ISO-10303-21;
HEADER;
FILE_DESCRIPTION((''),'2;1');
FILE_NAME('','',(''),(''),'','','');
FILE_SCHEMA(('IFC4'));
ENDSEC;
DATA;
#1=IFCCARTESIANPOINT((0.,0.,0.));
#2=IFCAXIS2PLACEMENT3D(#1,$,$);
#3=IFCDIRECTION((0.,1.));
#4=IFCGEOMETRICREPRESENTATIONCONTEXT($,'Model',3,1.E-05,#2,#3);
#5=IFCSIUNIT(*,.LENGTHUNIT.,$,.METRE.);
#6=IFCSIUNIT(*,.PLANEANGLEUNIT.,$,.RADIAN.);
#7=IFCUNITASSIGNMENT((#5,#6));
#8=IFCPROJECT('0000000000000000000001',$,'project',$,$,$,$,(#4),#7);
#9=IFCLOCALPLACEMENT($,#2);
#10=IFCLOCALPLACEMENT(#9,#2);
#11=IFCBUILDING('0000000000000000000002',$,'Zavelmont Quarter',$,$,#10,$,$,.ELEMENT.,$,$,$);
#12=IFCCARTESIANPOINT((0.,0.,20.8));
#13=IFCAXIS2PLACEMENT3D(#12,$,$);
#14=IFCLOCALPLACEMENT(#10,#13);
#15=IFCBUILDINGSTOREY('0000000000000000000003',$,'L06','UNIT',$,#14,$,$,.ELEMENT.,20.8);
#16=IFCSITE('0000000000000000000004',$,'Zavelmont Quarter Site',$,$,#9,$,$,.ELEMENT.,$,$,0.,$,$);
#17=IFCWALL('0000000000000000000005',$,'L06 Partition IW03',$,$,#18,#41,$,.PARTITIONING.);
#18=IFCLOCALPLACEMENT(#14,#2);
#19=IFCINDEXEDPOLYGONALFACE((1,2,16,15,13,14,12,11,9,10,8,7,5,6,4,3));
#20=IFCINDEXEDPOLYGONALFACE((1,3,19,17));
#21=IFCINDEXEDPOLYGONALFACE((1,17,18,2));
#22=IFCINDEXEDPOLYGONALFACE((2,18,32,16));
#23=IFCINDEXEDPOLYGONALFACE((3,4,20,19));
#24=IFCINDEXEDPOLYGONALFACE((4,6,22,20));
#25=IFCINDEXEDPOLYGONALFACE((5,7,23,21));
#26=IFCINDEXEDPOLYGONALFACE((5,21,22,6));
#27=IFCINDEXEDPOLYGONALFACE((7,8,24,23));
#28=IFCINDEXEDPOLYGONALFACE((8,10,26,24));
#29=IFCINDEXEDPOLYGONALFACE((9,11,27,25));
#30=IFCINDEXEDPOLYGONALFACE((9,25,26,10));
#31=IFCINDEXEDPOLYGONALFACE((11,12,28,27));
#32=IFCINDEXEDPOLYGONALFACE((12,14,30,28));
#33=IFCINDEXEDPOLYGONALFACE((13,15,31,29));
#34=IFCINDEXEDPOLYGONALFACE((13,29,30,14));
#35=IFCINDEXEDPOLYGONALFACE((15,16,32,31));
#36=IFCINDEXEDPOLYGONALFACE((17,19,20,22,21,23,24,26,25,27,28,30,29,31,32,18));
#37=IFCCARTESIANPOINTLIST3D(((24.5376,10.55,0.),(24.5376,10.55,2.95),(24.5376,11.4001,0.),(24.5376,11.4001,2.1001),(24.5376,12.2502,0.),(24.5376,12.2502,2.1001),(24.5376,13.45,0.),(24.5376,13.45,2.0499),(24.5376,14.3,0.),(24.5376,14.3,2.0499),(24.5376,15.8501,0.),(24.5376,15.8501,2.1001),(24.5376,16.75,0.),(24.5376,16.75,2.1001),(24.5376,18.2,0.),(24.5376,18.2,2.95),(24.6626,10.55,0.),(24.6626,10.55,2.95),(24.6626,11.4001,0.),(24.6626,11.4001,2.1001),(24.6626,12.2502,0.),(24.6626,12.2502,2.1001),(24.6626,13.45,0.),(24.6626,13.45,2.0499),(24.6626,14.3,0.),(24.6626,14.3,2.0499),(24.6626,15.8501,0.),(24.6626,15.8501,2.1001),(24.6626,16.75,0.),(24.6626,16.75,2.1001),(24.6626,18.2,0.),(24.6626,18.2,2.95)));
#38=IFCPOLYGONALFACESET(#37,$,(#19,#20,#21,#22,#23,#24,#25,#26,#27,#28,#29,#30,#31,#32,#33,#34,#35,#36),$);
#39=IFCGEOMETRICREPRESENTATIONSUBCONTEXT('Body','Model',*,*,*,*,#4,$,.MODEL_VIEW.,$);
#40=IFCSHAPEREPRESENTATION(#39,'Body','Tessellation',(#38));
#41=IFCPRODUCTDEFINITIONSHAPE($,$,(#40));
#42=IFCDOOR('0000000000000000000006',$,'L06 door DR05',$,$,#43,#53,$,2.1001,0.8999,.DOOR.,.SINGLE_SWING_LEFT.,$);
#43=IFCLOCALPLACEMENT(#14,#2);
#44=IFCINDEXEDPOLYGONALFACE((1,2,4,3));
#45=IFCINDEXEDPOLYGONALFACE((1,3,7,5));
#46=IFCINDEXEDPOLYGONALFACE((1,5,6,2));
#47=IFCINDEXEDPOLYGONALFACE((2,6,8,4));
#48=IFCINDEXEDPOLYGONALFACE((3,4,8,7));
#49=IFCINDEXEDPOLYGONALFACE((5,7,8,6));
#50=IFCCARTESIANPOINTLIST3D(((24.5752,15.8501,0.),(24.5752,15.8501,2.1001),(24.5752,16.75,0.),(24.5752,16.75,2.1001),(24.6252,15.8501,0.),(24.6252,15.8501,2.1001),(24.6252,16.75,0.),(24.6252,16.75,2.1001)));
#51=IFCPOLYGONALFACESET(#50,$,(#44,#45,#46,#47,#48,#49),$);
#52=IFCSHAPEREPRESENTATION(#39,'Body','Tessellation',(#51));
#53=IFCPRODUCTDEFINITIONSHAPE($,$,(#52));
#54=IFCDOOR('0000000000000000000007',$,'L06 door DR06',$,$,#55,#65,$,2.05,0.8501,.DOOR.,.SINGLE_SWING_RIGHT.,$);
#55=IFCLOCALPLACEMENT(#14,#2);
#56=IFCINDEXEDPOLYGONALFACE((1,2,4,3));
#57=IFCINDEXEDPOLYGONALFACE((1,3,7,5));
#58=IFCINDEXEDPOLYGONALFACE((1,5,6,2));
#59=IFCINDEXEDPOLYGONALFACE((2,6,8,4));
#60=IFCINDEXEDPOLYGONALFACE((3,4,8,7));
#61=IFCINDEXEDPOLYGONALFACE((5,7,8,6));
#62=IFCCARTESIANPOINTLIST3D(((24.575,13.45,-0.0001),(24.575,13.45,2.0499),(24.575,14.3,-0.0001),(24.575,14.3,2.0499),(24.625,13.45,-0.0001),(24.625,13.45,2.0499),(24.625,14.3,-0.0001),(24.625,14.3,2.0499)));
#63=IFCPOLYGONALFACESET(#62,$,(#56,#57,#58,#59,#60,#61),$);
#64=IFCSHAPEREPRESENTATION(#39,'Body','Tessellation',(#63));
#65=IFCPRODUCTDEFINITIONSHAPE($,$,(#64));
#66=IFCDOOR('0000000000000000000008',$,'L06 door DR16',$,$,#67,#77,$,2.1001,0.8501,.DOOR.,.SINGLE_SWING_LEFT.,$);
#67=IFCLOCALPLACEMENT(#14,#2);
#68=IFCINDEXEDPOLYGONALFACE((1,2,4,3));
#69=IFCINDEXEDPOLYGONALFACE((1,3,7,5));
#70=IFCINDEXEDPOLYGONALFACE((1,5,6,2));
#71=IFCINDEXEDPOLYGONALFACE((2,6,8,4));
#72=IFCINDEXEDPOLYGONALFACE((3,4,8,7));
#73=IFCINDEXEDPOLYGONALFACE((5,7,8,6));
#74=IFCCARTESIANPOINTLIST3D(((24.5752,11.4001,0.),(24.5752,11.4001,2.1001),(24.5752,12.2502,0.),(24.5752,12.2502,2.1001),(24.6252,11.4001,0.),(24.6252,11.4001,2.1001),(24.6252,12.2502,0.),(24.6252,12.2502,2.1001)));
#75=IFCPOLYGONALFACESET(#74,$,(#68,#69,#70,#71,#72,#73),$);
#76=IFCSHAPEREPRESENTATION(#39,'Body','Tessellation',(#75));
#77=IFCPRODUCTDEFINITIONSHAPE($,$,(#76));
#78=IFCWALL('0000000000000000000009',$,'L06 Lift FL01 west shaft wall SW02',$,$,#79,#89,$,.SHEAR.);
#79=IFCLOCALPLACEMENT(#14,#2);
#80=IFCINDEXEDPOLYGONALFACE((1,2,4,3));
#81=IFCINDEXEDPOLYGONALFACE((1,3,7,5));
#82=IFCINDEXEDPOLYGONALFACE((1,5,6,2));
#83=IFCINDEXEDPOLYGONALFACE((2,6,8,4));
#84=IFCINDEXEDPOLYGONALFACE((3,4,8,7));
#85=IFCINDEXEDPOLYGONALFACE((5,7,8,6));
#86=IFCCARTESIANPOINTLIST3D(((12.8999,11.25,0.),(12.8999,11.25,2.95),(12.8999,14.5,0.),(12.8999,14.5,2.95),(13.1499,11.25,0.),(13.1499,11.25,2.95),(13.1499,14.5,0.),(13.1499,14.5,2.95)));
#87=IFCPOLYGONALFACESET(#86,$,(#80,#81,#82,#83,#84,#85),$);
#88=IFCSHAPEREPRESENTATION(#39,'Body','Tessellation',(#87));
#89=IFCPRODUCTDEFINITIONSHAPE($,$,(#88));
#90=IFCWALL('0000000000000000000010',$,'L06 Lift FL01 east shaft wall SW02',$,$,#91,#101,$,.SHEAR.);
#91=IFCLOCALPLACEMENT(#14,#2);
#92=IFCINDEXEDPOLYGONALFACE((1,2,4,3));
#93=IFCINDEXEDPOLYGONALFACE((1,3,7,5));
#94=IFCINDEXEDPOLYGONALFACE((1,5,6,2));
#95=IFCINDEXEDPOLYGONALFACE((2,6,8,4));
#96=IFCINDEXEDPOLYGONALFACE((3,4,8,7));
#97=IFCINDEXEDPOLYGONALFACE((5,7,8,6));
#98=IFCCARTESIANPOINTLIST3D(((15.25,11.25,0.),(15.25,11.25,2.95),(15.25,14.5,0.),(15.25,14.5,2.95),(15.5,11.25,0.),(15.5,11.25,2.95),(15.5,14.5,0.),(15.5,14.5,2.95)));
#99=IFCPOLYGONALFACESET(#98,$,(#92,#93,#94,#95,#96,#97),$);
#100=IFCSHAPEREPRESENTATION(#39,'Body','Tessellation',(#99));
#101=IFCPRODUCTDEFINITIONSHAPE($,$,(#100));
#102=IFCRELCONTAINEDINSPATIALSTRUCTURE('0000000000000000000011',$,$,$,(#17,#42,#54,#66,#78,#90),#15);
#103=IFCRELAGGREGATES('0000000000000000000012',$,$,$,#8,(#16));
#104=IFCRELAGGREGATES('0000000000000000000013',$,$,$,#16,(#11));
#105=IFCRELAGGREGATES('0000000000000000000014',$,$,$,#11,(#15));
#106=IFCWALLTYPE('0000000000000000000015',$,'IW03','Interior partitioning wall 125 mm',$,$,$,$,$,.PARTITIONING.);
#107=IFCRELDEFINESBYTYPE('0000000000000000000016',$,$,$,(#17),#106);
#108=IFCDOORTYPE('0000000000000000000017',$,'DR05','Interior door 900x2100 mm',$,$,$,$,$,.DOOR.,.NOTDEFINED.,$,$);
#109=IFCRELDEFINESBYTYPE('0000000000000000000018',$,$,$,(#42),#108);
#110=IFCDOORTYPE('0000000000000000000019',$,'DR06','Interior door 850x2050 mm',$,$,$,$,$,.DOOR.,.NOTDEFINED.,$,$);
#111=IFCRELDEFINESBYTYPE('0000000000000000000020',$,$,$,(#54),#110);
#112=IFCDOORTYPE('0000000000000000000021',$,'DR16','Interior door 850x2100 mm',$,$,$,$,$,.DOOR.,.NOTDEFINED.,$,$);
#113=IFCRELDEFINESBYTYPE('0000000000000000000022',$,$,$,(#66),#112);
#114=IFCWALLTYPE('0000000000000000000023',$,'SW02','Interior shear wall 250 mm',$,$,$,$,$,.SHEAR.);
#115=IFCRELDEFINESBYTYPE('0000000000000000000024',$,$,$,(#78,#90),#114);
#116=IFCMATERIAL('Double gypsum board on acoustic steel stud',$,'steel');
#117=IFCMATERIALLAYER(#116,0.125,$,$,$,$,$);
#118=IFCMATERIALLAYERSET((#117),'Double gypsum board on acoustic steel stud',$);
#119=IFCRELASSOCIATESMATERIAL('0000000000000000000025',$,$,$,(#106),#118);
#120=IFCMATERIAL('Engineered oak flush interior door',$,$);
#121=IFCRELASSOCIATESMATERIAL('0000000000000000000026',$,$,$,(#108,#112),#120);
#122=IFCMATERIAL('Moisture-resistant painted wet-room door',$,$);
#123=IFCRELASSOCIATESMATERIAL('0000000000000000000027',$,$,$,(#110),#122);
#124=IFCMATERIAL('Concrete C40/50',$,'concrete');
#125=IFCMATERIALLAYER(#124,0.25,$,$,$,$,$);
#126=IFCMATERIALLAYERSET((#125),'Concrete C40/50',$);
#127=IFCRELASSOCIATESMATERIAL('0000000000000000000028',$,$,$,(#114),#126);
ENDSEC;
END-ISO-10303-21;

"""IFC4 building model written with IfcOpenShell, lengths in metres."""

from ifc_helpers import new_model, si_unit, direction, frame, frame_2d, origin, origin_with_axes, place, context, subcontext, project, spatial, rectangle, extrude, material, layer, layer_set, type_object, element, fill, save


model = new_model("IFC4")

# Units and contexts
model_context = context("Model", 3, precision=1e-05, world=origin(), true_north=direction((0.0, 1.0)))
body_context = subcontext(model_context, "Body", "Model", "MODEL_VIEW")
ifc_project = project(units=[si_unit("LENGTHUNIT", "METRE"), si_unit("PLANEANGLEUNIT", "RADIAN")], contexts=[model_context])

# Site, building, storey
site_placement = place(None, origin())
site = spatial("IfcSite", under=ifc_project, at=site_placement, Name="Zavelmont Quarter Site", CompositionType="ELEMENT", RefElevation=0.0)
building_placement = place(site_placement, origin())
building = spatial("IfcBuilding", under=site, at=building_placement, Name="Zavelmont Quarter", CompositionType="ELEMENT")
storey_placement = place(building_placement, frame((0.0, 0.0, 20.8)))
storey = spatial("IfcBuildingStorey", under=building, at=storey_placement, Name="L06", Description="UNIT", CompositionType="ELEMENT", Elevation=20.8)

# Shared definitions
ifc_material_1 = material(Name="Concrete C40/50", Category="concrete")

# Wall, openings, doors
ifc_material_2 = material(Name="Double gypsum board on acoustic steel stud", Category="steel")
ifc_layer_1 = layer(ifc_material_2, 0.125)
ifc_layer_set_1 = layer_set([ifc_layer_1], Name="Double gypsum board on acoustic steel stud")
wall_type_1 = type_object("IfcWallType", Name="IW03", Description="Interior partitioning wall 125 mm", PredefinedType="PARTITIONING", material=ifc_layer_set_1)
wall_1_placement = place(storey_placement, frame((24.6001, 10.55, 0.0), z_axis=(0.0, 0.0, 1.0), x_axis=(0.0, 1.0, 0.0)))
wall_1 = element("IfcWall", 1, at=wall_1_placement, inside=storey, type_object=wall_type_1, Name="L06 Partition IW03", PredefinedType="PARTITIONING", context=body_context, shape_type="SweptSolid", body=[
    extrude(rectangle(XDim=7.6499, YDim=0.125, at=frame_2d((3.825, 0.0))), origin(), (0.0, 0.0, 1.0), 2.95),
])
opening_1_placement = place(wall_1_placement, frame((0.8501, 0.0, 0.0)))
opening_1 = element("IfcOpeningElement", 2, at=opening_1_placement, cuts=wall_1, PredefinedType="OPENING", context=body_context, shape_type="SweptSolid", body=[
    extrude(rectangle(XDim=0.8501, YDim=2.1001, at=frame_2d((0.425, 1.05))), frame((0.0, 0.0745, 0.0), z_axis=(0.0, -1.0, 0.0), x_axis=(1.0, 0.0, 0.0)), (0.0, 0.0, 1.0), 0.1489),
])
opening_2_placement = place(wall_1_placement, frame((2.8999, 0.0, 0.0)))
opening_2 = element("IfcOpeningElement", 3, at=opening_2_placement, cuts=wall_1, PredefinedType="OPENING", context=body_context, shape_type="SweptSolid", body=[
    extrude(rectangle(XDim=0.8501, YDim=2.05, at=frame_2d((0.425, 1.0249))), frame((0.0, 0.0745, 0.0), z_axis=(0.0, -1.0, 0.0), x_axis=(1.0, 0.0, 0.0)), (0.0, 0.0, 1.0), 0.1489),
])
opening_3_placement = place(wall_1_placement, frame((5.3, 0.0, 0.0)))
opening_3 = element("IfcOpeningElement", 4, at=opening_3_placement, cuts=wall_1, PredefinedType="OPENING", context=body_context, shape_type="SweptSolid", body=[
    extrude(rectangle(XDim=0.8999, YDim=2.1001, at=frame_2d((0.45, 1.05))), frame((0.0, 0.0745, 0.0), z_axis=(0.0, -1.0, 0.0), x_axis=(1.0, 0.0, 0.0)), (0.0, 0.0, 1.0), 0.1489),
])
ifc_material_3 = material(Name="Engineered oak flush interior door")
door_type_1 = type_object("IfcDoorType", Name="DR05", Description="Interior door 900x2100 mm", OperationType="NOTDEFINED", PredefinedType="DOOR", material=ifc_material_3)
door_1_placement = place(opening_3_placement, origin_with_axes())
door_1 = element("IfcDoor", 5, at=door_1_placement, inside=storey, type_object=door_type_1, Name="L06 door DR05", OperationType="SINGLE_SWING_LEFT", OverallHeight=2.1001, OverallWidth=0.8999, PredefinedType="DOOR", context=body_context, shape_type="SweptSolid", body=[
    extrude(rectangle(XDim=0.8999, YDim=2.1001, at=frame_2d((0.45, 1.05))), frame((0.0, 0.0249, 0.0), z_axis=(0.0, -1.0, 0.0), x_axis=(1.0, 0.0, 0.0)), (0.0, 0.0, 1.0), 0.05),
])
fill(opening_3, door_1)
ifc_material_4 = material(Name="Moisture-resistant painted wet-room door")
door_type_2 = type_object("IfcDoorType", Name="DR06", Description="Interior door 850x2050 mm", OperationType="NOTDEFINED", PredefinedType="DOOR", material=ifc_material_4)
door_2_placement = place(opening_2_placement, frame((0.8501, 0.0, 0.0), z_axis=(0.0, 0.0, 1.0), x_axis=(-1.0, 0.0, 0.0)))
door_2 = element("IfcDoor", 6, at=door_2_placement, inside=storey, type_object=door_type_2, Name="L06 door DR06", OperationType="SINGLE_SWING_RIGHT", OverallHeight=2.05, OverallWidth=0.8501, PredefinedType="DOOR", context=body_context, shape_type="SweptSolid", body=[
    extrude(rectangle(XDim=0.8501, YDim=2.05, at=frame_2d((0.425, 1.0249))), frame((0.0, 0.0249, 0.0), z_axis=(0.0, -1.0, 0.0), x_axis=(1.0, 0.0, 0.0)), (0.0, 0.0, 1.0), 0.05),
])
fill(opening_2, door_2)
door_type_3 = type_object("IfcDoorType", Name="DR16", Description="Interior door 850x2100 mm", OperationType="NOTDEFINED", PredefinedType="DOOR", material=ifc_material_3)
door_3_placement = place(opening_1_placement, origin_with_axes())
door_3 = element("IfcDoor", 7, at=door_3_placement, inside=storey, type_object=door_type_3, Name="L06 door DR16", OperationType="SINGLE_SWING_LEFT", OverallHeight=2.1001, OverallWidth=0.8501, PredefinedType="DOOR", context=body_context, shape_type="SweptSolid", body=[
    extrude(rectangle(XDim=0.8501, YDim=2.1001, at=frame_2d((0.425, 1.05))), frame((0.0, 0.0249, 0.0), z_axis=(0.0, -1.0, 0.0), x_axis=(1.0, 0.0, 0.0)), (0.0, 0.0, 1.0), 0.05),
])
fill(opening_1, door_3)

# Walls
ifc_layer_2 = layer(ifc_material_1, 0.25)
ifc_layer_set_2 = layer_set([ifc_layer_2], Name="Concrete C40/50")
wall_type_2 = type_object("IfcWallType", Name="SW02", Description="Interior shear wall 250 mm", PredefinedType="SHEAR", material=ifc_layer_set_2)
for number, where, z_axis, x_axis, name in (
    (8, (13.0249, 11.25, 0.0), (0.0, 0.0, 1.0), (0.0, 1.0, 0.0), "L06 Lift FL01 west shaft wall SW02"),
    (9, (15.375, 11.25, 0.0), (0.0, 0.0, 1.0), (0.0, 1.0, 0.0), "L06 Lift FL01 east shaft wall SW02"),
):
    element("IfcWall", number, at=place(storey_placement, frame(where, z_axis=z_axis, x_axis=x_axis)), inside=storey, type_object=wall_type_2, Name=name, PredefinedType="SHEAR", context=body_context, shape_type="SweptSolid", body=[
        extrude(rectangle(XDim=3.25, YDim=0.25, at=frame_2d((1.625, 0.0))), origin(), (0.0, 0.0, 1.0), 2.95),
    ])

save(model, "model.ifc")
